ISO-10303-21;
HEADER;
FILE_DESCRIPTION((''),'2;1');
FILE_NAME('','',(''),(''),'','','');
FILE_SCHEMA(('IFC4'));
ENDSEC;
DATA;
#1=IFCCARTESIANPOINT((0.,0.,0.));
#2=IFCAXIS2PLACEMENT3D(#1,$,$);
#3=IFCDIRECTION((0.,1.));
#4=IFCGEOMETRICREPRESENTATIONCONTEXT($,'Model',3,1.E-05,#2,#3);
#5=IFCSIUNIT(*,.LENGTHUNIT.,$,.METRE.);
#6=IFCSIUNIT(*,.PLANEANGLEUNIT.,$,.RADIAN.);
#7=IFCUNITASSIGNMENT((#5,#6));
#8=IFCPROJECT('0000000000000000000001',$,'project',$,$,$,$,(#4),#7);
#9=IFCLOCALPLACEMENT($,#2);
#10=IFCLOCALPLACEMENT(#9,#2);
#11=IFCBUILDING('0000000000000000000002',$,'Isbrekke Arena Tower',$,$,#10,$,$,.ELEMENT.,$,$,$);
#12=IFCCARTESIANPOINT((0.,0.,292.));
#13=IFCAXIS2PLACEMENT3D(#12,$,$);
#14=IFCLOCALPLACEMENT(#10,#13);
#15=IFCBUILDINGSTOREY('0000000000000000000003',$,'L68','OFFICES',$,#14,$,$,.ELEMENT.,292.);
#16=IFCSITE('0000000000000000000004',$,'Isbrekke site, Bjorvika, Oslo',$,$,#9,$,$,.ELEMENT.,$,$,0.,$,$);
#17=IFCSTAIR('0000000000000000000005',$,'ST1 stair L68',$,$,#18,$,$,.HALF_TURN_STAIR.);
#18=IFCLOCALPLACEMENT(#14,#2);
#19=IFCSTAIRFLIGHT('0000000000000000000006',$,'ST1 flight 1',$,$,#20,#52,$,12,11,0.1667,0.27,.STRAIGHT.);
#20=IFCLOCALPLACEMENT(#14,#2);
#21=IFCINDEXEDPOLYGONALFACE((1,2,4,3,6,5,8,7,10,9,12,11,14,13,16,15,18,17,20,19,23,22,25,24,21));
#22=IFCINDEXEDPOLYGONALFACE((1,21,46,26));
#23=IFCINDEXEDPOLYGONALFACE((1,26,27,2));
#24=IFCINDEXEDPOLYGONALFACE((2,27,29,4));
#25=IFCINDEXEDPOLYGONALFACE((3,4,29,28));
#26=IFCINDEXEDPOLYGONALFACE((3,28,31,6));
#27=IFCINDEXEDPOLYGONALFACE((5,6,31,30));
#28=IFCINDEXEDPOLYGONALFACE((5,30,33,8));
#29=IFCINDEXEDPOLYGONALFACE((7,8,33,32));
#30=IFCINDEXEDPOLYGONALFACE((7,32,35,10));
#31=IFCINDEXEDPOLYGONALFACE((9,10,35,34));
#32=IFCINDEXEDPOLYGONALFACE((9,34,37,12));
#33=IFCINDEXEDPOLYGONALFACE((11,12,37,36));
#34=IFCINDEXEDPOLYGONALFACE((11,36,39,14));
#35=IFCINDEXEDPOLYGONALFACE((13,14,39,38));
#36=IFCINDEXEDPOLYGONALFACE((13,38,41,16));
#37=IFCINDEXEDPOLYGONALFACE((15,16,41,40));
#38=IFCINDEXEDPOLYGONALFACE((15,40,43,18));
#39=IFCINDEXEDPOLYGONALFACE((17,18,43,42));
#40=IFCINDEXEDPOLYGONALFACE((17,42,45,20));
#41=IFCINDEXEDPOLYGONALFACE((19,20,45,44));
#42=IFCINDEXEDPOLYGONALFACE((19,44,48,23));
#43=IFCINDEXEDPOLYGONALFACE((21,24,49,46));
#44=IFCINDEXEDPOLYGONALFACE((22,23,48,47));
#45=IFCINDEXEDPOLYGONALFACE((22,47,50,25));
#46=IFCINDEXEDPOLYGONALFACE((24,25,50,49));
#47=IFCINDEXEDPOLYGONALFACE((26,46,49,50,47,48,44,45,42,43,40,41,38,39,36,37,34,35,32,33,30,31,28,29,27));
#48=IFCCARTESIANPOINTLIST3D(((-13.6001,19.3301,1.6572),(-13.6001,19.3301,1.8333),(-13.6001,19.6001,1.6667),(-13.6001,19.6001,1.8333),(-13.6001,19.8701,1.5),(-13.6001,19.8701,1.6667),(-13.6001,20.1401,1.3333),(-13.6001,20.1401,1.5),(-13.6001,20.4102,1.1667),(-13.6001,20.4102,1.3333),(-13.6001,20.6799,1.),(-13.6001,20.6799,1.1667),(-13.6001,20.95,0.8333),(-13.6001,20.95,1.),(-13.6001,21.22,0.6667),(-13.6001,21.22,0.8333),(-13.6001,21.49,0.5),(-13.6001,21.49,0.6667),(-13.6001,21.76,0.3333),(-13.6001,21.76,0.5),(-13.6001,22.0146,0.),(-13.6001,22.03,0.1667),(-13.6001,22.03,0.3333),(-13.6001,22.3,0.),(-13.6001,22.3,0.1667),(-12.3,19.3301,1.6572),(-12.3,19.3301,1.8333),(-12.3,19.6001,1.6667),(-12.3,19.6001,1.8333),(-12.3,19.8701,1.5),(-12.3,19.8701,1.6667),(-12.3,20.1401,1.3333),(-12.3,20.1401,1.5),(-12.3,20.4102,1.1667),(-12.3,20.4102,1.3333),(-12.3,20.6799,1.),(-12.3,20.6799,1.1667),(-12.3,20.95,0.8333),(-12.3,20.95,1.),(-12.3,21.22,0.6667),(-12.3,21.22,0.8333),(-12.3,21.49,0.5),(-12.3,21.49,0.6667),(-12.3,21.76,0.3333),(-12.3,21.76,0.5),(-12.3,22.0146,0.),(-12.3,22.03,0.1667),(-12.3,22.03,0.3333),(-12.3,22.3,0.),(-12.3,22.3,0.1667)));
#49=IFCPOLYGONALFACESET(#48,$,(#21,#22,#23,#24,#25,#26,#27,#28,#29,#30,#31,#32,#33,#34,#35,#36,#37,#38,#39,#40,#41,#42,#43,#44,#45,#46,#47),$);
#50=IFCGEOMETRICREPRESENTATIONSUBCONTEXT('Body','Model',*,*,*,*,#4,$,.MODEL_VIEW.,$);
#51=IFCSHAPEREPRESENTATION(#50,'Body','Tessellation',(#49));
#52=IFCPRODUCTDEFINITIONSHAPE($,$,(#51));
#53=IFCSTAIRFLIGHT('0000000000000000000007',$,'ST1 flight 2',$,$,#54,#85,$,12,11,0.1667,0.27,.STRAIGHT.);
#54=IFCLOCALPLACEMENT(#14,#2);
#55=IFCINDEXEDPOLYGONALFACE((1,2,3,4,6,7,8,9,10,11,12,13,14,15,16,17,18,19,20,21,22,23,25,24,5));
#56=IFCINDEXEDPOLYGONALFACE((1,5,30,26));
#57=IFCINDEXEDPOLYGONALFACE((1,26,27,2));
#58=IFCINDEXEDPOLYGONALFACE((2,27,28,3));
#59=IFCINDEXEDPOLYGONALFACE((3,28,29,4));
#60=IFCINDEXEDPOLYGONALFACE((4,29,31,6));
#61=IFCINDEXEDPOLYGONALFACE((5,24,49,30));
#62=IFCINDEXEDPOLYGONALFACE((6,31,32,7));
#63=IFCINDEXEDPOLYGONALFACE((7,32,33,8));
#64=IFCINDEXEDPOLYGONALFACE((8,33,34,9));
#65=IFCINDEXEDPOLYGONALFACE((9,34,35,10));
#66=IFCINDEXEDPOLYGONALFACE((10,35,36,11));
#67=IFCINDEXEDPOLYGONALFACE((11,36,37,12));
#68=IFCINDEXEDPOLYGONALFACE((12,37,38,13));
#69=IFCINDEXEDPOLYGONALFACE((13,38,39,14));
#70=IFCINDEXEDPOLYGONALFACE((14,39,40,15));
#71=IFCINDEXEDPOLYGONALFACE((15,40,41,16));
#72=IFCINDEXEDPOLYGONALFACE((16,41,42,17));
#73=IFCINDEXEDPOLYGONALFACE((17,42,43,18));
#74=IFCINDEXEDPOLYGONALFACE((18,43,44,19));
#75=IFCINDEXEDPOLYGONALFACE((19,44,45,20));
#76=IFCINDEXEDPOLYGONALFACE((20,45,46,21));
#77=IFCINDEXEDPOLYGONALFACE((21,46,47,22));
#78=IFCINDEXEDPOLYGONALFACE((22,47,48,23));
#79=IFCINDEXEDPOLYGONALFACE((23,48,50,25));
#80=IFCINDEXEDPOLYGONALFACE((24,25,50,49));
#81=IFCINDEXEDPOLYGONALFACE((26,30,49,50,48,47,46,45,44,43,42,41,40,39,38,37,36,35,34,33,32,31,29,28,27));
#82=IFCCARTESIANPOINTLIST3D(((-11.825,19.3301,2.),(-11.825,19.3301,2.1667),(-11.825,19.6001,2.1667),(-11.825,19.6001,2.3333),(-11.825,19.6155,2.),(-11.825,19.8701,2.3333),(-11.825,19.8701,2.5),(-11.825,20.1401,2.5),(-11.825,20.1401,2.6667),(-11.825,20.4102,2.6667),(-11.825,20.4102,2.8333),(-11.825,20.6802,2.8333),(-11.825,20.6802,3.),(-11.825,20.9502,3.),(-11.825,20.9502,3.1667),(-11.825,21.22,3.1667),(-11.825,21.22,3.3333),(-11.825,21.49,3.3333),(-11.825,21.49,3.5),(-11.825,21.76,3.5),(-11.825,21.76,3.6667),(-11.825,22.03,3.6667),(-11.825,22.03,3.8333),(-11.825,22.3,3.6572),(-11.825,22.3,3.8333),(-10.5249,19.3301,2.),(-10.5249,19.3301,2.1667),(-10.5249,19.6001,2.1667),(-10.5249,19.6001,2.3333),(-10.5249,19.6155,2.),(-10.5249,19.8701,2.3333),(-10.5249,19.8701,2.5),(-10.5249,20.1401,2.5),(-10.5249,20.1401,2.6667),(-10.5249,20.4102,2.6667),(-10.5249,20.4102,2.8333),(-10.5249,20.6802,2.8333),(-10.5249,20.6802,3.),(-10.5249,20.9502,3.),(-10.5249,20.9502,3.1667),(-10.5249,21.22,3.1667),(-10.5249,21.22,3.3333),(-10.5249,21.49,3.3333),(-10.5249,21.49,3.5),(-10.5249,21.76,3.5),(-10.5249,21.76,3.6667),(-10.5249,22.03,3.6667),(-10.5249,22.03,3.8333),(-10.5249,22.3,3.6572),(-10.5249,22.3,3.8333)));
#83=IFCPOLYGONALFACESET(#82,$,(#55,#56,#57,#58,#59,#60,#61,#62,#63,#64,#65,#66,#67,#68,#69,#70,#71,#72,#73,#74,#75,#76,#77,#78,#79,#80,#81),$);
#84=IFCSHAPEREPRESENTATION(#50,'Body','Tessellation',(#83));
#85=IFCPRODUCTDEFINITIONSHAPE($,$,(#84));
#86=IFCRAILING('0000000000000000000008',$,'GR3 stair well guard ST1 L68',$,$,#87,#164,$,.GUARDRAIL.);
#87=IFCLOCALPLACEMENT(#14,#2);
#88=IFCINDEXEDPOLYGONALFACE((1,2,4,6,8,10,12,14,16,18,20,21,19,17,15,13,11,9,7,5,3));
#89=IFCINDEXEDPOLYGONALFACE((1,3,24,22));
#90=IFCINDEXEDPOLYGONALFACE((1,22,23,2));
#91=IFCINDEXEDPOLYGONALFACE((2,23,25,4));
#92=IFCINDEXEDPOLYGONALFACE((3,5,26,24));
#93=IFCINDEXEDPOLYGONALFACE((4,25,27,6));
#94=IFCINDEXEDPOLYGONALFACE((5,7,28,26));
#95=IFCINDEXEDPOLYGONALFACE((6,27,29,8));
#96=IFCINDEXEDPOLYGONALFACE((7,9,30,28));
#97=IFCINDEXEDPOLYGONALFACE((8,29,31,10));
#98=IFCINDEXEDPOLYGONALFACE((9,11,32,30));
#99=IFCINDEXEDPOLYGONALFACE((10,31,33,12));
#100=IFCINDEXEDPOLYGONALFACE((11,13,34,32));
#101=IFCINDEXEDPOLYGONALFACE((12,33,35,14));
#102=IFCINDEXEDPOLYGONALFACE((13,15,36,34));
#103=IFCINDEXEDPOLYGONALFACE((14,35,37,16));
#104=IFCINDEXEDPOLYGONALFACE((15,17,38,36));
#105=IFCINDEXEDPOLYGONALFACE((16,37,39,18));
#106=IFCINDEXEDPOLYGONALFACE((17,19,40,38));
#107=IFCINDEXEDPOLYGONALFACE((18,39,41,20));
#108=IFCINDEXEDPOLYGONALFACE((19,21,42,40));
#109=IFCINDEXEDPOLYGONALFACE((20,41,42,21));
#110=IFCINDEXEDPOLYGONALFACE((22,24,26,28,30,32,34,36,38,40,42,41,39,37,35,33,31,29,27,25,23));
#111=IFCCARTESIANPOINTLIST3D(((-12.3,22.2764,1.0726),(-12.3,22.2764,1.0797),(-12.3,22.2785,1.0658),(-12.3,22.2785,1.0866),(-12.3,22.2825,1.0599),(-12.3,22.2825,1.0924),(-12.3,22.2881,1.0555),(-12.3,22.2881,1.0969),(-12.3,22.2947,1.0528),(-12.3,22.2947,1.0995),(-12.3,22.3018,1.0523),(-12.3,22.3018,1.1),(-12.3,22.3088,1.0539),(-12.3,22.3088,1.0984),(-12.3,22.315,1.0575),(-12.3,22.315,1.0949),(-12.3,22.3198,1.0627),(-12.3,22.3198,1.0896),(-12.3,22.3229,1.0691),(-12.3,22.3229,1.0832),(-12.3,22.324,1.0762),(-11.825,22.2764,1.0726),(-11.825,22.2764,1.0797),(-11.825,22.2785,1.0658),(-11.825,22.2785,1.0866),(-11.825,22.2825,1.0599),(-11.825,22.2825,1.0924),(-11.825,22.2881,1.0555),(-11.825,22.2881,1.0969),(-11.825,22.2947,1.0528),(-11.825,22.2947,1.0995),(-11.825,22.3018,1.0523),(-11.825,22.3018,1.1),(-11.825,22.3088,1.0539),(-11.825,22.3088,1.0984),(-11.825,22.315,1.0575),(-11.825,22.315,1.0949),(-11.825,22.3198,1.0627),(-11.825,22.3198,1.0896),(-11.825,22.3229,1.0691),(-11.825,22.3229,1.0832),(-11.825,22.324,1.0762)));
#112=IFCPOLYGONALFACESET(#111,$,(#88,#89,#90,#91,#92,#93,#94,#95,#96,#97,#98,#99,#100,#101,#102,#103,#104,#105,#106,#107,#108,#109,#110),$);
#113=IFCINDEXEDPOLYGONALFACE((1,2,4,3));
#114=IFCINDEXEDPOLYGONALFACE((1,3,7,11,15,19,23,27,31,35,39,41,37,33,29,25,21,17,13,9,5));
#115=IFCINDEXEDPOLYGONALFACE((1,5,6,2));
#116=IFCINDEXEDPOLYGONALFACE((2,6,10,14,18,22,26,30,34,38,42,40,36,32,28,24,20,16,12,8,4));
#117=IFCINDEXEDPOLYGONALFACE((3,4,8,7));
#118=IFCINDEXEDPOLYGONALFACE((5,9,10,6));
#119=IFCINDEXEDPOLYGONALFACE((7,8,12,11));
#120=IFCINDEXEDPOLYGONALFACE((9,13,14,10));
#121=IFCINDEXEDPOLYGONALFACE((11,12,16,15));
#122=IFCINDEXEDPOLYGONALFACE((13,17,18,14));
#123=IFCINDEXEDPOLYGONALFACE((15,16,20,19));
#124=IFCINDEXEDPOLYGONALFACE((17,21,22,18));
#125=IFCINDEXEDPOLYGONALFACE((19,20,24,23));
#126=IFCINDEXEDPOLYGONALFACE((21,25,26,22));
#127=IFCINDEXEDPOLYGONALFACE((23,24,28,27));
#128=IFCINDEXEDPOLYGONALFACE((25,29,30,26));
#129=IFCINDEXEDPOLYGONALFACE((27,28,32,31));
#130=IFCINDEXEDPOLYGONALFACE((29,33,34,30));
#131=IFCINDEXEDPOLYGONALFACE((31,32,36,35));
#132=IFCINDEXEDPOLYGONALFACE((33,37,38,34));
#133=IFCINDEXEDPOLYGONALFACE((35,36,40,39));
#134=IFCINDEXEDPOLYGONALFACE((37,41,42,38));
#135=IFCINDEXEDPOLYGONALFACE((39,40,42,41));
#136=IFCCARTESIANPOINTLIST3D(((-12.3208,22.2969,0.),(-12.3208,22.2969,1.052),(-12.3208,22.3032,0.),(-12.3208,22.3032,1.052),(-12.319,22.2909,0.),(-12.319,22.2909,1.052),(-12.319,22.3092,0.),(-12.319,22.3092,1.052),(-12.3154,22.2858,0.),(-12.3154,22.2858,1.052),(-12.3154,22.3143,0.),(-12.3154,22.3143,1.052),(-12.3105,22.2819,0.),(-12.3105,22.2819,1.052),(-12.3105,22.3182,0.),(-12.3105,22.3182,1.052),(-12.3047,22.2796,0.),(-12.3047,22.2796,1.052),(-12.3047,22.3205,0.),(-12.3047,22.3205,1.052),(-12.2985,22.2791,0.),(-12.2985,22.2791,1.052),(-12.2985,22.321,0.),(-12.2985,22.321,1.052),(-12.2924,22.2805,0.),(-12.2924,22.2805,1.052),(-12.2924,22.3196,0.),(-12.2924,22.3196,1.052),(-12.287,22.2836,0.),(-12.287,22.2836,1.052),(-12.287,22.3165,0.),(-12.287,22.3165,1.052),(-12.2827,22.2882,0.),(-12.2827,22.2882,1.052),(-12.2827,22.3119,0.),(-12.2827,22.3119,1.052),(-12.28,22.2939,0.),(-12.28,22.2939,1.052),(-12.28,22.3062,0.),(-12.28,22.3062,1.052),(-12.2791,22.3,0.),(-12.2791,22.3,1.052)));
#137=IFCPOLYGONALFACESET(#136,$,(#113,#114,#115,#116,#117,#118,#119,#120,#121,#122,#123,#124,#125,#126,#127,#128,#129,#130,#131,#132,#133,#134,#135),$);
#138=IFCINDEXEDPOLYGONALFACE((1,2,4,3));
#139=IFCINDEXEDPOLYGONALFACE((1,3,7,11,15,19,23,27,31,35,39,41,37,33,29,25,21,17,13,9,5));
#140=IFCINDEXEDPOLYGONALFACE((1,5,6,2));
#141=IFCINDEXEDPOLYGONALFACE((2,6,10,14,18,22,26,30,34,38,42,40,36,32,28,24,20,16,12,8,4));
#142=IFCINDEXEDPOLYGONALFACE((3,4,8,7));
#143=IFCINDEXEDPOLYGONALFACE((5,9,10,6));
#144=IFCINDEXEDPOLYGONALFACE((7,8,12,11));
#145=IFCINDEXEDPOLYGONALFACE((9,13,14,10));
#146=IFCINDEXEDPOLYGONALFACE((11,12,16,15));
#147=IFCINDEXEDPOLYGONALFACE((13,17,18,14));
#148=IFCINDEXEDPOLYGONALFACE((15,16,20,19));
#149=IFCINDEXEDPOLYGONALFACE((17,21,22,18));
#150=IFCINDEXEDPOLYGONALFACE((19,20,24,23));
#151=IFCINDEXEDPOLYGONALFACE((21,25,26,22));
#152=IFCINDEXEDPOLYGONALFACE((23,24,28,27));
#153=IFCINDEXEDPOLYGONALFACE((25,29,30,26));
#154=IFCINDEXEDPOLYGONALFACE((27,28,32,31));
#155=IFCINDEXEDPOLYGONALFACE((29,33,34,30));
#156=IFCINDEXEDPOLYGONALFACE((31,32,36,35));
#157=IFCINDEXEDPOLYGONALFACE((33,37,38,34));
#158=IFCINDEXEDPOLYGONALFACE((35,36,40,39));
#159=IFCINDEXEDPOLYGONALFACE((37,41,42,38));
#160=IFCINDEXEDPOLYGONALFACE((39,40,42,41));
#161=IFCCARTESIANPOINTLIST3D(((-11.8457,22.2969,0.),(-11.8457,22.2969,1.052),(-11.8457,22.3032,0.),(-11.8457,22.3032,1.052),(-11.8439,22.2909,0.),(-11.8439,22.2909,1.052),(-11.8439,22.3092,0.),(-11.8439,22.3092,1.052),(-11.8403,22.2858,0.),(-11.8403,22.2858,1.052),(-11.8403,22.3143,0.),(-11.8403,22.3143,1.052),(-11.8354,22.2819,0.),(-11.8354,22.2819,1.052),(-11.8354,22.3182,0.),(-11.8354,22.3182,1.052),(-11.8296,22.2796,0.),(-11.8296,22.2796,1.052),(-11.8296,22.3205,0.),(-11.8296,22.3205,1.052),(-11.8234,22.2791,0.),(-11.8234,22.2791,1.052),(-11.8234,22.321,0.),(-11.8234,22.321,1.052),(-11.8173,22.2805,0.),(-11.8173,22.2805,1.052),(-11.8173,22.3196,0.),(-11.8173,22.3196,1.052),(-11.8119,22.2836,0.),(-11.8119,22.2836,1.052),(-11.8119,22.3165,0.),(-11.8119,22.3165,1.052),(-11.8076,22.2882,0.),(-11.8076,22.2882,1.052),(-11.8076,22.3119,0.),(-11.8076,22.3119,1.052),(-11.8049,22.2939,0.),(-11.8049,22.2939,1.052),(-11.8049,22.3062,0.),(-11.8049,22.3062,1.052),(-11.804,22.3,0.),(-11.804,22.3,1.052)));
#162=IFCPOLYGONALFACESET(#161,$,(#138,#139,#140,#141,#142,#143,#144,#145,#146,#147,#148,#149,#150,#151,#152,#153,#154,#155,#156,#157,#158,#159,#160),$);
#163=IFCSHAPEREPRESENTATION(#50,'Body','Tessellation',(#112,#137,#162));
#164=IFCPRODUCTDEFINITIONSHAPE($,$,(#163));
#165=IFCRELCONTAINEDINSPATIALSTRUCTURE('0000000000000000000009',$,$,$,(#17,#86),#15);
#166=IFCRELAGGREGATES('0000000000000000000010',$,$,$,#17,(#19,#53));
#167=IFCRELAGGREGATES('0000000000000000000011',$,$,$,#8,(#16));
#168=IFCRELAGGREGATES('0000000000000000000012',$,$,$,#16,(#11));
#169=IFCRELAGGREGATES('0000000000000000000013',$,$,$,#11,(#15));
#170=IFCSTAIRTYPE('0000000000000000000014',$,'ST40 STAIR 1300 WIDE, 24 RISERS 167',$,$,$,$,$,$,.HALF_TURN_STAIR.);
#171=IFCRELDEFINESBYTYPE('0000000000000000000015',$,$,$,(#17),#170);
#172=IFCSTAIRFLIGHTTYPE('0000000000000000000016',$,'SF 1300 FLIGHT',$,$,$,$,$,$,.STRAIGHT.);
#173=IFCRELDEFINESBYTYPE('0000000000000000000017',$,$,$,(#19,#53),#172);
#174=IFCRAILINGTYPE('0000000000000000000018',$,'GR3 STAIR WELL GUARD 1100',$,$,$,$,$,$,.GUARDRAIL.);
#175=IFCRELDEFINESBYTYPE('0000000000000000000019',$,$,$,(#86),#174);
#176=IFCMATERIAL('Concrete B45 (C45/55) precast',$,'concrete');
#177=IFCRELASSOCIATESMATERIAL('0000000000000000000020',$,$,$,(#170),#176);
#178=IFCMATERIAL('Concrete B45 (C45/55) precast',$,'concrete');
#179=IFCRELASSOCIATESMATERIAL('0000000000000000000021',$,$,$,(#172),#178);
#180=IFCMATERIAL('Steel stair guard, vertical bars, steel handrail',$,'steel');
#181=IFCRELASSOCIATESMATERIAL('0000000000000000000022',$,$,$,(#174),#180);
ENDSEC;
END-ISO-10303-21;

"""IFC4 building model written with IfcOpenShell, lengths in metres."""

from ifc_helpers import new_model, si_unit, direction, frame, origin, origin_2d, place, context, subcontext, project, spatial, polyline, circle, outline, extrude, material, type_object, element, aggregate, save


model = new_model("IFC4")

# Units and contexts
model_context = context("Model", 3, precision=1e-05, world=origin(), true_north=direction((0.0, 1.0)))
body_context = subcontext(model_context, "Body", "Model", "MODEL_VIEW")
ifc_project = project(units=[si_unit("LENGTHUNIT", "METRE"), si_unit("PLANEANGLEUNIT", "RADIAN")], contexts=[model_context])

# Site, building, storey
site_placement = place(None, origin())
site = spatial("IfcSite", under=ifc_project, at=site_placement, Name="Isbrekke site, Bjorvika, Oslo", CompositionType="ELEMENT", RefElevation=0.0)
building_placement = place(site_placement, origin())
building = spatial("IfcBuilding", under=site, at=building_placement, Name="Isbrekke Arena Tower", CompositionType="ELEMENT")
storey_placement = place(building_placement, frame((0.0, 0.0, 292.0)))
storey = spatial("IfcBuildingStorey", under=building, at=storey_placement, Name="L68", Description="OFFICES", CompositionType="ELEMENT", Elevation=292.0)

# Stair, stair flights
ifc_material_1 = material(Name="Concrete B45 (C45/55) precast", Category="concrete")
stair_type = type_object("IfcStairType", Name="ST40 STAIR 1300 WIDE, 24 RISERS 167", PredefinedType="HALF_TURN_STAIR", material=ifc_material_1)
stair_placement = place(storey_placement, origin())
stair = element("IfcStair", 1, at=stair_placement, inside=storey, type_object=stair_type, Name="ST1 stair L68", PredefinedType="HALF_TURN_STAIR")
ifc_material_2 = material(Name="Concrete B45 (C45/55) precast", Category="concrete")
stair_flight_type = type_object("IfcStairFlightType", Name="SF 1300 FLIGHT", PredefinedType="STRAIGHT", material=ifc_material_2)
stair_flight_1_placement = place(storey_placement, frame((-12.95, 22.3, 0.0), z_axis=(0.0, 0.0, 1.0), x_axis=(0.0, -1.0, 0.0)))
stair_flight_1 = element("IfcStairFlight", 2, at=stair_flight_1_placement, type_object=stair_flight_type, Name="ST1 flight 1", NumberOfRisers=12, NumberOfTreads=11, PredefinedType="STRAIGHT", RiserHeight=0.1667, TreadLength=0.27, context=body_context, shape_type="SweptSolid", body=[
    extrude(outline(polyline([(0.0, 0.0), (0.0, 0.1667), (0.27, 0.1667), (0.27, 0.3333), (0.54, 0.3333), (0.54, 0.5), (0.8101, 0.5), (0.8101, 0.6667), (1.0801, 0.6667), (1.0801, 0.8333), (1.3501, 0.8333), (1.3501, 1.0), (1.6201, 1.0), (1.6201, 1.1667), (1.8899, 1.1667), (1.8899, 1.3333), (2.1599, 1.3333), (2.1599, 1.5), (2.4299, 1.5), (2.4299, 1.6667), (2.7, 1.6667), (2.7, 1.8333), (2.97, 1.8333), (2.97, 2.0), (2.97, 1.6572), (0.2854, 0.0), (0.0, 0.0)])), frame((0.0, 0.6499, 0.0), z_axis=(0.0, -1.0, 0.0), x_axis=(1.0, 0.0, 0.0)), (0.0, 0.0, 1.0), 1.3),
])
stair_flight_2_placement = place(storey_placement, frame((-11.175, 19.3301, 2.0), z_axis=(0.0, 0.0, 1.0), x_axis=(0.0, 1.0, 0.0)))
stair_flight_2 = element("IfcStairFlight", 3, at=stair_flight_2_placement, type_object=stair_flight_type, Name="ST1 flight 2", NumberOfRisers=12, NumberOfTreads=11, PredefinedType="STRAIGHT", RiserHeight=0.1667, TreadLength=0.27, context=body_context, shape_type="SweptSolid", body=[
    extrude(outline(polyline([(0.0, 0.0), (0.0, 0.1667), (0.27, 0.1667), (0.27, 0.3333), (0.54, 0.3333), (0.54, 0.5), (0.8101, 0.5), (0.8101, 0.6667), (1.0801, 0.6667), (1.0801, 0.8333), (1.3501, 0.8333), (1.3501, 1.0), (1.6201, 1.0), (1.6201, 1.1667), (1.8899, 1.1667), (1.8899, 1.3333), (2.1599, 1.3333), (2.1599, 1.5), (2.4299, 1.5), (2.4299, 1.6667), (2.7, 1.6667), (2.7, 1.8333), (2.97, 1.8333), (2.97, 2.0), (2.97, 1.6572), (0.2854, 0.0), (0.0, 0.0)])), frame((0.0, 0.6499, 0.0), z_axis=(0.0, -1.0, 0.0), x_axis=(1.0, 0.0, 0.0)), (0.0, 0.0, 1.0), 1.3),
])
aggregate(stair, [stair_flight_1, stair_flight_2])

# Railing
ifc_material_3 = material(Name="Steel stair guard, vertical bars, steel handrail", Category="steel")
railing_type = type_object("IfcRailingType", Name="GR3 STAIR WELL GUARD 1100", PredefinedType="GUARDRAIL", material=ifc_material_3)
for number, where, name in (
    (4, (-12.3, 22.3, 0.0), "GR3 stair well guard ST1 L68"),
):
    element("IfcRailing", number, at=place(storey_placement, frame(where)), inside=storey, type_object=railing_type, Name=name, PredefinedType="GUARDRAIL", context=body_context, shape_type="SweptSolid", body=[
        extrude(circle(Radius=0.0239, at=origin_2d()), frame((0.0, 0.0, 1.0762), z_axis=(1.0, 0.0, 0.0), x_axis=(0.0, 1.0, 0.0)), (0.0, 0.0, 1.0), 0.4751),
        extrude(circle(Radius=0.021, at=origin_2d()), origin(), (0.0, 0.0, 1.0), 1.052),
        extrude(circle(Radius=0.021, at=origin_2d()), frame((0.4751, 0.0, 0.0)), (0.0, 0.0, 1.0), 1.052),
    ])

save(model, "model.ifc")
